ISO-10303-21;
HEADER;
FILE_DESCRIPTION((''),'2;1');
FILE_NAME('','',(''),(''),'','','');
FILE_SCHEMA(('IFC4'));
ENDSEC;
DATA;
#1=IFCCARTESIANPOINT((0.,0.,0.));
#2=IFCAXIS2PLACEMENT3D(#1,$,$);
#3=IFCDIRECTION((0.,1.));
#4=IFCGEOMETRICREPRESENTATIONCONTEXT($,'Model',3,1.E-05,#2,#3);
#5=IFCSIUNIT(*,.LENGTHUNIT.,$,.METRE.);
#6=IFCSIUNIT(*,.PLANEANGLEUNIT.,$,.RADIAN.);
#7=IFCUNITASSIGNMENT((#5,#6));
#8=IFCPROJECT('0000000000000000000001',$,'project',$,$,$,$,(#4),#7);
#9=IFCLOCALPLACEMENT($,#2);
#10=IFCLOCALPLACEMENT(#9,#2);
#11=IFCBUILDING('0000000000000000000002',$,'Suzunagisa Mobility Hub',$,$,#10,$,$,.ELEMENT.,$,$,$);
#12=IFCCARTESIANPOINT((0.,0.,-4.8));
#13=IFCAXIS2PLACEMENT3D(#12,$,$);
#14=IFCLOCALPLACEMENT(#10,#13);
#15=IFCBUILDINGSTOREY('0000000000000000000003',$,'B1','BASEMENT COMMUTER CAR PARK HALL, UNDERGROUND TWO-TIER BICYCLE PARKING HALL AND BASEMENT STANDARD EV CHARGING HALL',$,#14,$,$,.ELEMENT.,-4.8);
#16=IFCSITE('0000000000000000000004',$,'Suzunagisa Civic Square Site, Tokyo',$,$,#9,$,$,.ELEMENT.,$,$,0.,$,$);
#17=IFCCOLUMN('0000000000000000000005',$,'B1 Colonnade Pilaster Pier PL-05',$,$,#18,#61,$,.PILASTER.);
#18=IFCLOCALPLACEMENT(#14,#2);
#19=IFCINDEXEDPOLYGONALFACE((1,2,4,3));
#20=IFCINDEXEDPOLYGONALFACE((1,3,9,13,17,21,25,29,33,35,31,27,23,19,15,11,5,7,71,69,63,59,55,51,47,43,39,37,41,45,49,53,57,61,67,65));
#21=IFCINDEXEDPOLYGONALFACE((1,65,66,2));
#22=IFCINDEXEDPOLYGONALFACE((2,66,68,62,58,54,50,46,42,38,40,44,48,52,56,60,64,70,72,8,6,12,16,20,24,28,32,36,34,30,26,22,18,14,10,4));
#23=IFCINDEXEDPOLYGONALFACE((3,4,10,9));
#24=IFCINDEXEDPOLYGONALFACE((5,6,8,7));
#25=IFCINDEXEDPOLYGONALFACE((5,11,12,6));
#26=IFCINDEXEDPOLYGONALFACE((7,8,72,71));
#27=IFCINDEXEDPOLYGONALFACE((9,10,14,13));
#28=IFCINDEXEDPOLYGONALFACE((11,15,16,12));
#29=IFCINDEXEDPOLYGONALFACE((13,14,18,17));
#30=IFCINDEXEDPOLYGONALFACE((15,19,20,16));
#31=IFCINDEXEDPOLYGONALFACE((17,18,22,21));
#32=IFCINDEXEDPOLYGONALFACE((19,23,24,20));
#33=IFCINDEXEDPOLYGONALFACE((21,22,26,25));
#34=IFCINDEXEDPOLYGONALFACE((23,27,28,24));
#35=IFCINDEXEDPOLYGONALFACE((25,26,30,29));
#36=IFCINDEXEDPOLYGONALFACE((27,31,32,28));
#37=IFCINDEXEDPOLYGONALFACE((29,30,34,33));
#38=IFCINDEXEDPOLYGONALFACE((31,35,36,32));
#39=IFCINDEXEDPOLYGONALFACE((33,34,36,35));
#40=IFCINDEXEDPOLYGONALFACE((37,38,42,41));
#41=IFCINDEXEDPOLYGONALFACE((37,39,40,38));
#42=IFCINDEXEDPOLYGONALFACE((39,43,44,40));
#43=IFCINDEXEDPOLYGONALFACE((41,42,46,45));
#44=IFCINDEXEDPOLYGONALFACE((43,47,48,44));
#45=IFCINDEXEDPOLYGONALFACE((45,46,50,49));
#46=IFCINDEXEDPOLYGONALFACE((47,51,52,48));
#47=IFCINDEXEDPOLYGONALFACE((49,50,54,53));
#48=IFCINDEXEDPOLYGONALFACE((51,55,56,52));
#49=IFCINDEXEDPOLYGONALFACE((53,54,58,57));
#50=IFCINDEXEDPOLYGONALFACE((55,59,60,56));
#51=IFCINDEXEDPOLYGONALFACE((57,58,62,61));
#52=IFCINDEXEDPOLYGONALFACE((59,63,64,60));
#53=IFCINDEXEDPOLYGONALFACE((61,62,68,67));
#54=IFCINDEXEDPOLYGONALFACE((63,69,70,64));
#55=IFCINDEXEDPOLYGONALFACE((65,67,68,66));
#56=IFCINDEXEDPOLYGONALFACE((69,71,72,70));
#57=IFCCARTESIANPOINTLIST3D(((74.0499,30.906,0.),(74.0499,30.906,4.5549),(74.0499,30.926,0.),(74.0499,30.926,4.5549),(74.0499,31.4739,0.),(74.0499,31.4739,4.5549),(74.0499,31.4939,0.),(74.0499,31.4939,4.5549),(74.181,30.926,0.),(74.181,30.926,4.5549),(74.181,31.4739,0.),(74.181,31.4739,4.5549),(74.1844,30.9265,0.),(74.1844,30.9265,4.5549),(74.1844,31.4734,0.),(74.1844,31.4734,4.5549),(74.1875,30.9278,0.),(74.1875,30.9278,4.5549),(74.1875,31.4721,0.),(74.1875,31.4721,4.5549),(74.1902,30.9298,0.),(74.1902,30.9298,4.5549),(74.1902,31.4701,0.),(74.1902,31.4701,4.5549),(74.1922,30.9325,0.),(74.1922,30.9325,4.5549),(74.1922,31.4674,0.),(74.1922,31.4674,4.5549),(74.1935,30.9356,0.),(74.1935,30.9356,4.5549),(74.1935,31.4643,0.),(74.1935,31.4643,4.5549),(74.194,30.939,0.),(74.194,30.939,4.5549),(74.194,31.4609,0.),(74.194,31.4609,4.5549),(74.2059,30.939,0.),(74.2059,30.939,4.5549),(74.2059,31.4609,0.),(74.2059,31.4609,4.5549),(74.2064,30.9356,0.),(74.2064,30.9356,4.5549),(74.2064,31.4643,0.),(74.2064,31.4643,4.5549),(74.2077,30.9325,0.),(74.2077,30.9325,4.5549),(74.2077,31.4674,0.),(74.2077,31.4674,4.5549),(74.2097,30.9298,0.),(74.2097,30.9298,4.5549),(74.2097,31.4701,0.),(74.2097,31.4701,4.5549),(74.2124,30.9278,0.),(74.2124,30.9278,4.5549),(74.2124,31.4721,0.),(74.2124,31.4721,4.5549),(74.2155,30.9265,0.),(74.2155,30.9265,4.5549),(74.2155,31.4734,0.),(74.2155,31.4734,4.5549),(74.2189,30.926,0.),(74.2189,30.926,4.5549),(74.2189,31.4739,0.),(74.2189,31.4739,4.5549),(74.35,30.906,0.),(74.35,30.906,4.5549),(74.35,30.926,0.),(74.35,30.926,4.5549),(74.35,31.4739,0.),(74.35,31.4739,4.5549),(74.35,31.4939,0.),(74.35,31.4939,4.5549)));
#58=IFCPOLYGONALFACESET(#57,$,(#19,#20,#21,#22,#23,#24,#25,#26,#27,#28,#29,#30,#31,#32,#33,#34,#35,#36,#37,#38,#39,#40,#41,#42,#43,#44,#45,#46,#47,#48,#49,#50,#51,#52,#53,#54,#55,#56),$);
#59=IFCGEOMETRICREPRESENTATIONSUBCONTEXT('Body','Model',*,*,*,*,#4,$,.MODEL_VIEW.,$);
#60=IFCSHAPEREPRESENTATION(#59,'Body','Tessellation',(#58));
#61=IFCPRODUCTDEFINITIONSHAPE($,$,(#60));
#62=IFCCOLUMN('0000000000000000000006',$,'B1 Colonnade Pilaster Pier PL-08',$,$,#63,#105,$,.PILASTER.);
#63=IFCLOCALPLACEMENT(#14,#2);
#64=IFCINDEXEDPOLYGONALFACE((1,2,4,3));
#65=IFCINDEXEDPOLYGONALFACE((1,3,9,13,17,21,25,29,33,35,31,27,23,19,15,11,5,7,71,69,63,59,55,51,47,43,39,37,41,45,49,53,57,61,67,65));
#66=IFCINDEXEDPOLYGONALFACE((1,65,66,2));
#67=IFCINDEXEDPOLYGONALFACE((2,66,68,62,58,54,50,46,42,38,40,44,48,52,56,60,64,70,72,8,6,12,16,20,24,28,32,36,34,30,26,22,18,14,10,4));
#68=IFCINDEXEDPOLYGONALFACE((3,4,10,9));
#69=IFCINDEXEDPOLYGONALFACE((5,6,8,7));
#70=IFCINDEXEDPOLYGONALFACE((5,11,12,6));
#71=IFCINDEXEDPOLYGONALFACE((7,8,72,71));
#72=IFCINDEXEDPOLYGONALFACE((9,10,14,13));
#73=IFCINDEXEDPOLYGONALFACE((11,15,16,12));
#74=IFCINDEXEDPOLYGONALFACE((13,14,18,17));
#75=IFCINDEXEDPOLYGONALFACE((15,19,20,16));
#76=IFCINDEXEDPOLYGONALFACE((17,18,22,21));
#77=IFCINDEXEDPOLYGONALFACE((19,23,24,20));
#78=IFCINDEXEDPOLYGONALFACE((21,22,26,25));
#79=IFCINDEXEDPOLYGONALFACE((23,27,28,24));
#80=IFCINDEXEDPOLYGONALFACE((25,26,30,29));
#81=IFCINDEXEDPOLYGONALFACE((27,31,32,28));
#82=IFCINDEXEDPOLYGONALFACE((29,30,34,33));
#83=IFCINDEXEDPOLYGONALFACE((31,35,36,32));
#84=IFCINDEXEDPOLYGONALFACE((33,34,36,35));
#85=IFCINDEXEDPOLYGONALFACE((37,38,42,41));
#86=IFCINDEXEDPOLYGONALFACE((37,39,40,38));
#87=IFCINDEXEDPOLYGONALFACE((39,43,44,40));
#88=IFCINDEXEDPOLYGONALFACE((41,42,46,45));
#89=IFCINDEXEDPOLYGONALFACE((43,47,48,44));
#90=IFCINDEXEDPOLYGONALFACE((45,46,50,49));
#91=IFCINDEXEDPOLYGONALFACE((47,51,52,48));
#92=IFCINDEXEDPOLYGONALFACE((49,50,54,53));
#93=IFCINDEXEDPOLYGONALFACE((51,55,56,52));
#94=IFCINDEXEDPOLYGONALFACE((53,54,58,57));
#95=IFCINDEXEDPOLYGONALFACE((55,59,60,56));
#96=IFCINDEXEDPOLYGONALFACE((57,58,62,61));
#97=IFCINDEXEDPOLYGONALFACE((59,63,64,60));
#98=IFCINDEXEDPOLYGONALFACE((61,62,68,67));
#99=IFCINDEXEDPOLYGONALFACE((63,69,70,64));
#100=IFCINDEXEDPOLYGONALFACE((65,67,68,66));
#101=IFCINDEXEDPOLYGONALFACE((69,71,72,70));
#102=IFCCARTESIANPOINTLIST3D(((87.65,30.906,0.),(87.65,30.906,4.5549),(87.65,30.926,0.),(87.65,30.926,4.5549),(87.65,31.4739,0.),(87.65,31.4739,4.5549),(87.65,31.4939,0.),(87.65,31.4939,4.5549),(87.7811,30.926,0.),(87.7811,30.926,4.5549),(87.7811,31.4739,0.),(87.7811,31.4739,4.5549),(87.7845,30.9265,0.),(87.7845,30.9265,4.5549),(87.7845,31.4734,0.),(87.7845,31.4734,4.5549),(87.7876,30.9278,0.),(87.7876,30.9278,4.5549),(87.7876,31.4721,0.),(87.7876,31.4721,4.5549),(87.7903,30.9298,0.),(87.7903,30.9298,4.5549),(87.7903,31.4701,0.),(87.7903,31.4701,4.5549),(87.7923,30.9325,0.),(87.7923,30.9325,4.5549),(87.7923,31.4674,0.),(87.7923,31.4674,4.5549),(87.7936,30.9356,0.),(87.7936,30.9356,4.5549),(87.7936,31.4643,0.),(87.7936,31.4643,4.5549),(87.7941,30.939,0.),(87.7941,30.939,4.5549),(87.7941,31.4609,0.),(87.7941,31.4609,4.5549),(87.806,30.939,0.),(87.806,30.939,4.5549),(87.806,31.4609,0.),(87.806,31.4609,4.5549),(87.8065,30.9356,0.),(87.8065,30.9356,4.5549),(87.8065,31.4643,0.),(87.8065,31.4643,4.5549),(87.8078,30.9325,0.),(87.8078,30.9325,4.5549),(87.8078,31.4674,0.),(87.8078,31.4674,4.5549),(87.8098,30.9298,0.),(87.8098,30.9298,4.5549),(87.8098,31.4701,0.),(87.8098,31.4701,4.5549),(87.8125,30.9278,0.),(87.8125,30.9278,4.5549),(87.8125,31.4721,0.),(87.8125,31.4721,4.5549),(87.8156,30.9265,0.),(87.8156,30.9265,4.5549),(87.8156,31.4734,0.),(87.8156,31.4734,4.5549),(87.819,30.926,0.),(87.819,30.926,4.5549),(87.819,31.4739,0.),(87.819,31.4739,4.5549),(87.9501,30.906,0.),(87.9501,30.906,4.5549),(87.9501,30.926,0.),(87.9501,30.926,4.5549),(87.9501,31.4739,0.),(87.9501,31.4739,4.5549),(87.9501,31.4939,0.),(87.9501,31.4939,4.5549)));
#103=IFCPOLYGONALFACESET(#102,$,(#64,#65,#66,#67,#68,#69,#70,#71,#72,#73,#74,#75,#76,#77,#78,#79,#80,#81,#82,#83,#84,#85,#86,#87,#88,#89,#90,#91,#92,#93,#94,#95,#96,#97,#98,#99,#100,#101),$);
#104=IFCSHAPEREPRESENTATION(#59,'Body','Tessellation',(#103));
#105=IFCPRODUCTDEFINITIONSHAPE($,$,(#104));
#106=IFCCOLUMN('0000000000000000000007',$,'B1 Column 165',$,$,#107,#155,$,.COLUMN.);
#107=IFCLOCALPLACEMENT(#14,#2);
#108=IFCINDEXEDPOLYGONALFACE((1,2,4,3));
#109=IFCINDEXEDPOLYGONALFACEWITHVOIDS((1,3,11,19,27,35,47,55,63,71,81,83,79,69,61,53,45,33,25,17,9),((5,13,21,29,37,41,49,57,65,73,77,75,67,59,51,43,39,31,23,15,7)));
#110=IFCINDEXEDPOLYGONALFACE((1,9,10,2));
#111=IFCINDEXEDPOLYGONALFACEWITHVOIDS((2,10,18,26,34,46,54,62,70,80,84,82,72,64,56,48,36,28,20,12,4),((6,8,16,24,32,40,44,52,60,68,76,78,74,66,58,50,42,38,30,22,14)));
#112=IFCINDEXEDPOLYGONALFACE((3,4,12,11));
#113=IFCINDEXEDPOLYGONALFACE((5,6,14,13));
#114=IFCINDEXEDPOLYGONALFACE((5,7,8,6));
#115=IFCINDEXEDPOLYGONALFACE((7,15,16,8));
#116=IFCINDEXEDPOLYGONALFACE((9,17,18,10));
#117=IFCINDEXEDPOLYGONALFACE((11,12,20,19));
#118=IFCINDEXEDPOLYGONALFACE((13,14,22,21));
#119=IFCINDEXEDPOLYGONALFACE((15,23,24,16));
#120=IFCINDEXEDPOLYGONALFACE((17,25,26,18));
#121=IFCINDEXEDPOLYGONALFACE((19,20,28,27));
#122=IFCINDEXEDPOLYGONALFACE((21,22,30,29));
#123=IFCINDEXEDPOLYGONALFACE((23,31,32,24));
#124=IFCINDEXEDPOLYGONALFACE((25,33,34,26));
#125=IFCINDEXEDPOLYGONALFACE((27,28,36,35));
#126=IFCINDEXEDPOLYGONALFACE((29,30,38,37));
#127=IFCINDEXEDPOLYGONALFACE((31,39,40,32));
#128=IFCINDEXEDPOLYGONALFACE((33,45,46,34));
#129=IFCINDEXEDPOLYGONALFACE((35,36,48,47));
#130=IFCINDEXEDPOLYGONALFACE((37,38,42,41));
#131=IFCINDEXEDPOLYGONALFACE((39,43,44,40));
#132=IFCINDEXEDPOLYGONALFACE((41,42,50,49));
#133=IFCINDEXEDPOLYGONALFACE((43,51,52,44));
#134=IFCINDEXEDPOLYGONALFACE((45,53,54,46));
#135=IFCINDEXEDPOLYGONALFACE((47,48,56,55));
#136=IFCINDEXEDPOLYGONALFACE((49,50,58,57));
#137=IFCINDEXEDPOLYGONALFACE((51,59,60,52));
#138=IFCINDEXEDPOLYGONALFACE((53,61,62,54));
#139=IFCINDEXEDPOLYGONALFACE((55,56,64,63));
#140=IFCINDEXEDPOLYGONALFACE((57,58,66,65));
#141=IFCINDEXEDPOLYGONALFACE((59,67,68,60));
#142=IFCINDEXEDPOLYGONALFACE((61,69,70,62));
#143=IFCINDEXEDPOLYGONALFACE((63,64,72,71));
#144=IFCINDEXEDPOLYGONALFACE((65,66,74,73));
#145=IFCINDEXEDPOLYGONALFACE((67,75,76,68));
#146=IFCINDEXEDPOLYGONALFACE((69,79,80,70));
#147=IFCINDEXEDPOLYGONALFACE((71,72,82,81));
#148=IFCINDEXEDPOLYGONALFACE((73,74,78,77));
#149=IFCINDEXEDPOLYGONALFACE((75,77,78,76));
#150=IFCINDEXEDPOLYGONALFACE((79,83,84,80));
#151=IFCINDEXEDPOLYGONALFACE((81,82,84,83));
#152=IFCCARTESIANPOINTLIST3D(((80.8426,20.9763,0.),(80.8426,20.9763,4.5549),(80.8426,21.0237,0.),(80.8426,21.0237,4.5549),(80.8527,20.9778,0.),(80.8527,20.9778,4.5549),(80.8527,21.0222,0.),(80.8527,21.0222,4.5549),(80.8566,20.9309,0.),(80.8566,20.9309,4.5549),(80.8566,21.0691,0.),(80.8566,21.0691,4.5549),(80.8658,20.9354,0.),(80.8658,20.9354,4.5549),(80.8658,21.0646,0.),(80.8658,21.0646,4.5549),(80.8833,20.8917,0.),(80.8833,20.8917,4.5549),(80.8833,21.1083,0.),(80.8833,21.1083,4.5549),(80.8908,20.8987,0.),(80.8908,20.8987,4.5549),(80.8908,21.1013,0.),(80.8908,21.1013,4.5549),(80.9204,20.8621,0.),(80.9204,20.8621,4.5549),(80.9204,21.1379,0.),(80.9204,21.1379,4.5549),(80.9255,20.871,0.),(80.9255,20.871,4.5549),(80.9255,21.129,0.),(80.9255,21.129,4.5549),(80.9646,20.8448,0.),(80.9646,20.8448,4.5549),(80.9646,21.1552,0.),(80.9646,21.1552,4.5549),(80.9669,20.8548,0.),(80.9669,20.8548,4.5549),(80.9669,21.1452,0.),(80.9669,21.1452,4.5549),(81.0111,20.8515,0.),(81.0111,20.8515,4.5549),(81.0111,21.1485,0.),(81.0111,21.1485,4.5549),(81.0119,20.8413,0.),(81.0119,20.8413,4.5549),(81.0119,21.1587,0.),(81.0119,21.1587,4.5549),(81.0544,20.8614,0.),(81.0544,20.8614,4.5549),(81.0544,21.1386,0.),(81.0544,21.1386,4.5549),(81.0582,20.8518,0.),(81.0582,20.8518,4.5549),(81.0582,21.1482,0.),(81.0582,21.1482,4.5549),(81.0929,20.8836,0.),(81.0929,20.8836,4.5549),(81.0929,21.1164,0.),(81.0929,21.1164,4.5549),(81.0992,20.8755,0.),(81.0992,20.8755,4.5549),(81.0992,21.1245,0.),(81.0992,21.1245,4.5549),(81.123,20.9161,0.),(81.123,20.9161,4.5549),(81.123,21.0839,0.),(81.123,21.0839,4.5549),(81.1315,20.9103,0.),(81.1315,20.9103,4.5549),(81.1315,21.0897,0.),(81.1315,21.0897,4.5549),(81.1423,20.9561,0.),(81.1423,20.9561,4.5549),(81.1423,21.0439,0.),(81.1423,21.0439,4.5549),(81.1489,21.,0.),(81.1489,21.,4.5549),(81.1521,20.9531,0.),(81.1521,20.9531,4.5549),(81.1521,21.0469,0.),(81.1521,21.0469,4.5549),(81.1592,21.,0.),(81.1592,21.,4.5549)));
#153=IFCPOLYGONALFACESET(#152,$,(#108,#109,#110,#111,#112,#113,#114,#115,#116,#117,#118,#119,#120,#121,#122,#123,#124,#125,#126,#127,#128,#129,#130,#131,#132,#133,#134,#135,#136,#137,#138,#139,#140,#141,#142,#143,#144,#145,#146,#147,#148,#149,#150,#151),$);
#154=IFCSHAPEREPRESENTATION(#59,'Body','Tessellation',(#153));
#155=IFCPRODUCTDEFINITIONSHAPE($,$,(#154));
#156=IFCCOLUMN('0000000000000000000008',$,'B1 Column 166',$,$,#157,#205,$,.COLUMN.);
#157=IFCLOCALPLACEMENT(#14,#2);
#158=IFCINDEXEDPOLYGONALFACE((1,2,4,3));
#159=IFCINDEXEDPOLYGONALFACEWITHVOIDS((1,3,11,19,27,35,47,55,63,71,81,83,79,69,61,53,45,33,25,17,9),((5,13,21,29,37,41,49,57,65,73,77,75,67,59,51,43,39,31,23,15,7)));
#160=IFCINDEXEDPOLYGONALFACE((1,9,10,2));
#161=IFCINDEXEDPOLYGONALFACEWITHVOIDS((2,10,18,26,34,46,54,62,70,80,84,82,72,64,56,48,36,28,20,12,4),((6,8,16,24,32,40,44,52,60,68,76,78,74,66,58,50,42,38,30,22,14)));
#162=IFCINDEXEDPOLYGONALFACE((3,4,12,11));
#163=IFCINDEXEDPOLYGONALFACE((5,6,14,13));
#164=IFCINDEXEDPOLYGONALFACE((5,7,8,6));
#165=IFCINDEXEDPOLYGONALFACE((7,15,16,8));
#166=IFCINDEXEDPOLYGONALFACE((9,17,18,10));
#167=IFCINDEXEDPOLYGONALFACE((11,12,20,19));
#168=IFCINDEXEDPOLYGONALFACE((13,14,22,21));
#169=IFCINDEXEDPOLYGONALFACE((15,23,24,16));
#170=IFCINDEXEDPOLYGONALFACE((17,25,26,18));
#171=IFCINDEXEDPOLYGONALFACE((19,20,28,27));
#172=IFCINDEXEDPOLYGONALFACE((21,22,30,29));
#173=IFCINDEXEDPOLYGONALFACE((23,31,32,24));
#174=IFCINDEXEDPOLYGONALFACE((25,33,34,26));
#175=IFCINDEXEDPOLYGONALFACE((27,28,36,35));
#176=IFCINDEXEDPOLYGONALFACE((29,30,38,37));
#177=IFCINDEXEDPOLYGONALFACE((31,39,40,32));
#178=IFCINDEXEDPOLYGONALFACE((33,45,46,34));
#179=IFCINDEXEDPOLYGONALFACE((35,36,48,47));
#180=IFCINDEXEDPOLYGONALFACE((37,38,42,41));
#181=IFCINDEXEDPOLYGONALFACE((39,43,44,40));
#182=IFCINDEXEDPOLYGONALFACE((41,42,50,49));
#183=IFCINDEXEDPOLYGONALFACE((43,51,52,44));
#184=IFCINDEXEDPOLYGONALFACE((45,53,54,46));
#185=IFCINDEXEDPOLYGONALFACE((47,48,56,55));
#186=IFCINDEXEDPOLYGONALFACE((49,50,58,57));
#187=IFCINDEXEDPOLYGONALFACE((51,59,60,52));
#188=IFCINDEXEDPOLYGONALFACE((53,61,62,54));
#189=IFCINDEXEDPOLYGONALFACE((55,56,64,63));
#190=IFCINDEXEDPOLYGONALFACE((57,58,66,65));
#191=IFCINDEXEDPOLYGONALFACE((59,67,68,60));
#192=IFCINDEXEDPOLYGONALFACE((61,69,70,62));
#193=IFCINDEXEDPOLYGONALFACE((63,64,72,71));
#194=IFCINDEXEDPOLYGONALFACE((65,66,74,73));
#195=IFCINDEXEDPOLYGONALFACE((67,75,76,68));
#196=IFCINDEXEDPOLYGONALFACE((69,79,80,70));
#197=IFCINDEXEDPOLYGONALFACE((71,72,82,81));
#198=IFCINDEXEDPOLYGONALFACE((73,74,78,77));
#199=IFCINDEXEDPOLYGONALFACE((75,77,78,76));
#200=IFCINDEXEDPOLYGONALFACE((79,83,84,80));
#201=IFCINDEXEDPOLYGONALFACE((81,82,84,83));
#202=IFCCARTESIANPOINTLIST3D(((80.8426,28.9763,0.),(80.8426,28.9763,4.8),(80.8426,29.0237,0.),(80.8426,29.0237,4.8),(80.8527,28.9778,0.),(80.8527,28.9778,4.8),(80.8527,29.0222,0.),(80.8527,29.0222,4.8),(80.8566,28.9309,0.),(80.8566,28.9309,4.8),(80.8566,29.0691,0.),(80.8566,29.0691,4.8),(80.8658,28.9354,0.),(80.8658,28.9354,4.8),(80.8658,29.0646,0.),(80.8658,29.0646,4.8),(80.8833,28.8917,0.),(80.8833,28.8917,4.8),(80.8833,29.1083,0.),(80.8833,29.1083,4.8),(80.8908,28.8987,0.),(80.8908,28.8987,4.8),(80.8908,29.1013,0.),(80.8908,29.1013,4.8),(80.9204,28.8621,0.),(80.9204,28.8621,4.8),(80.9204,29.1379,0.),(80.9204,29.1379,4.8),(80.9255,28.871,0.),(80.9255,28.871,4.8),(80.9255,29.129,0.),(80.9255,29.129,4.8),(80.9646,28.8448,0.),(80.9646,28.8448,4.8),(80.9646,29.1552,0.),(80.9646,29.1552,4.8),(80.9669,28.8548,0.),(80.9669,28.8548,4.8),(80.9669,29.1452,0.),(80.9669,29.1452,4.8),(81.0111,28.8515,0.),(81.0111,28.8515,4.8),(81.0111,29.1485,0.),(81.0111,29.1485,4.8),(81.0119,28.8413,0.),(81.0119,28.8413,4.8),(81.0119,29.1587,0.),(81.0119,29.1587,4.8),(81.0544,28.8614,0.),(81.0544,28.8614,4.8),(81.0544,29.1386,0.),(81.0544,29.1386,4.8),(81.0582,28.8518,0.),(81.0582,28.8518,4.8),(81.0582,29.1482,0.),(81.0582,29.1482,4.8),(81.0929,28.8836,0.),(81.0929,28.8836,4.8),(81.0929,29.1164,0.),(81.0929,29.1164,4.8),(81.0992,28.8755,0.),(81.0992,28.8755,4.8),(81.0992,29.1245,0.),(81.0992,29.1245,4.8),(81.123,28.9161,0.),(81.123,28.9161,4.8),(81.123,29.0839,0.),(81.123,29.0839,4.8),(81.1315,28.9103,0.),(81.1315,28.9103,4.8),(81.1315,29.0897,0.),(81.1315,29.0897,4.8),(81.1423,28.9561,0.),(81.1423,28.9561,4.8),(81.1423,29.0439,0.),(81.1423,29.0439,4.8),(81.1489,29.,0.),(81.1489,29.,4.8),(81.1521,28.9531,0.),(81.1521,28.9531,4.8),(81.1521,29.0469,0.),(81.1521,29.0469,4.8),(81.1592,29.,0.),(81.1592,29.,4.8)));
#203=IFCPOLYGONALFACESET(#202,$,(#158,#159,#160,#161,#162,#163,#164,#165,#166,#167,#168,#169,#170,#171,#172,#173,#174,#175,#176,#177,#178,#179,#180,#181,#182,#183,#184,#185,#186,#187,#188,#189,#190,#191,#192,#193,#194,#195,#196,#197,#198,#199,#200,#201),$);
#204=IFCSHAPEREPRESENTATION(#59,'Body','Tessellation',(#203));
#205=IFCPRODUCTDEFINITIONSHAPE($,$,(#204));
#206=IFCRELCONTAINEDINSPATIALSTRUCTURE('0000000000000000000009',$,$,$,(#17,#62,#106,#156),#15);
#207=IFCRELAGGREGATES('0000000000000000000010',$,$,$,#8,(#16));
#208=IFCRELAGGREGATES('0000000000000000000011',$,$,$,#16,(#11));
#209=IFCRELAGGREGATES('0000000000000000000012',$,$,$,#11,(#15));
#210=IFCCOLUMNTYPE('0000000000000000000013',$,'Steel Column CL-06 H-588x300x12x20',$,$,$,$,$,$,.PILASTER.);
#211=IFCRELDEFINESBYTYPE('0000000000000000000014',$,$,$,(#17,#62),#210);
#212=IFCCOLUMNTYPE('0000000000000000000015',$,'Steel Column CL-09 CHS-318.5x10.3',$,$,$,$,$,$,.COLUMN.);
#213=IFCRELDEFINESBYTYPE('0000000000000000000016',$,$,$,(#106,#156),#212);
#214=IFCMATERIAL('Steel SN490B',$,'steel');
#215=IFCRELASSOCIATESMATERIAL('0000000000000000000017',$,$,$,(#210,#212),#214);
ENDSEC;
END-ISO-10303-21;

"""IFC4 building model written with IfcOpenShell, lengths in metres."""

from ifc_helpers import new_model, si_unit, direction, frame, origin, origin_2d, place, context, subcontext, project, spatial, hollow_circle, i_section, extrude, material, material_profile, profile_set, type_object, element, save


model = new_model("IFC4")

# Units and contexts
model_context = context("Model", 3, precision=1e-05, world=origin(), true_north=direction((0.0, 1.0)))
body_context = subcontext(model_context, "Body", "Model", "MODEL_VIEW")
ifc_project = project(units=[si_unit("LENGTHUNIT", "METRE"), si_unit("PLANEANGLEUNIT", "RADIAN")], contexts=[model_context])

# Site, building, storey
site_placement = place(None, origin())
site = spatial("IfcSite", under=ifc_project, at=site_placement, Name="Suzunagisa Civic Square Site, Tokyo", CompositionType="ELEMENT", RefElevation=0.0)
building_placement = place(site_placement, origin())
building = spatial("IfcBuilding", under=site, at=building_placement, Name="Suzunagisa Mobility Hub", CompositionType="ELEMENT")
storey_placement = place(building_placement, frame((0.0, 0.0, -4.8)))
storey = spatial("IfcBuildingStorey", under=building, at=storey_placement, Name="B1", Description="BASEMENT COMMUTER CAR PARK HALL, UNDERGROUND TWO-TIER BICYCLE PARKING HALL AND BASEMENT STANDARD EV CHARGING HALL", CompositionType="ELEMENT", Elevation=-4.8)

# Columns
ifc_material_1 = material(Name="Steel SN490B", Category="steel")
ifc_material_profile_1 = material_profile(ifc_material_1, i_section(OverallWidth=0.3, OverallDepth=0.5879, WebThickness=0.012, FlangeThickness=0.02, FilletRadius=0.0129, at=origin_2d()), Name="H-588x300x12x20")
ifc_profile_set_1 = profile_set([ifc_material_profile_1], Name="Steel SN490B")
column_type_1 = type_object("IfcColumnType", Name="Steel Column CL-06 H-588x300x12x20", PredefinedType="PILASTER", material=ifc_profile_set_1)
for number, where, z_axis, x_axis, name in (
    (1, (74.2, 31.2, 0.0), (0.0, 0.0, 1.0), (1.0, 0.0, 0.0), "B1 Colonnade Pilaster Pier PL-05"),
    (2, (87.8, 31.2, 0.0), (0.0, 0.0, 1.0), (1.0, 0.0, 0.0), "B1 Colonnade Pilaster Pier PL-08"),
):
    element("IfcColumn", number, at=place(storey_placement, frame(where, z_axis=z_axis, x_axis=x_axis)), inside=storey, type_object=column_type_1, Name=name, PredefinedType="PILASTER", context=body_context, shape_type="SweptSolid", body=[
        extrude(i_section(OverallWidth=0.3, OverallDepth=0.5879, WebThickness=0.012, FlangeThickness=0.02, FilletRadius=0.0129, at=origin_2d()), origin(), (0.0, 0.0, 1.0), 4.5549),
    ])
ifc_material_profile_2 = material_profile(ifc_material_1, hollow_circle(Radius=0.1592, WallThickness=0.0103, at=origin_2d()), Name="CHS-318.5x10.3")
ifc_profile_set_2 = profile_set([ifc_material_profile_2], Name="Steel SN490B")
column_type_2 = type_object("IfcColumnType", Name="Steel Column CL-09 CHS-318.5x10.3", PredefinedType="COLUMN", material=ifc_profile_set_2)
column_1_placement = place(storey_placement, frame((81.0, 21.0, 0.0), z_axis=(0.0, 0.0, 1.0), x_axis=(1.0, 0.0, 0.0)))
element("IfcColumn", 3, at=column_1_placement, inside=storey, type_object=column_type_2, Name="B1 Column 165", PredefinedType="COLUMN", context=body_context, shape_type="SweptSolid", body=[
    extrude(hollow_circle(Radius=0.1592, WallThickness=0.0103, at=origin_2d()), origin(), (0.0, 0.0, 1.0), 4.5549),
])
column_2_placement = place(storey_placement, frame((81.0, 29.0, 0.0), z_axis=(0.0, 0.0, 1.0), x_axis=(1.0, 0.0, 0.0)))
element("IfcColumn", 4, at=column_2_placement, inside=storey, type_object=column_type_2, Name="B1 Column 166", PredefinedType="COLUMN", context=body_context, shape_type="SweptSolid", body=[
    extrude(hollow_circle(Radius=0.1592, WallThickness=0.0103, at=origin_2d()), origin(), (0.0, 0.0, 1.0), 4.8),
])

save(model, "model.ifc")
